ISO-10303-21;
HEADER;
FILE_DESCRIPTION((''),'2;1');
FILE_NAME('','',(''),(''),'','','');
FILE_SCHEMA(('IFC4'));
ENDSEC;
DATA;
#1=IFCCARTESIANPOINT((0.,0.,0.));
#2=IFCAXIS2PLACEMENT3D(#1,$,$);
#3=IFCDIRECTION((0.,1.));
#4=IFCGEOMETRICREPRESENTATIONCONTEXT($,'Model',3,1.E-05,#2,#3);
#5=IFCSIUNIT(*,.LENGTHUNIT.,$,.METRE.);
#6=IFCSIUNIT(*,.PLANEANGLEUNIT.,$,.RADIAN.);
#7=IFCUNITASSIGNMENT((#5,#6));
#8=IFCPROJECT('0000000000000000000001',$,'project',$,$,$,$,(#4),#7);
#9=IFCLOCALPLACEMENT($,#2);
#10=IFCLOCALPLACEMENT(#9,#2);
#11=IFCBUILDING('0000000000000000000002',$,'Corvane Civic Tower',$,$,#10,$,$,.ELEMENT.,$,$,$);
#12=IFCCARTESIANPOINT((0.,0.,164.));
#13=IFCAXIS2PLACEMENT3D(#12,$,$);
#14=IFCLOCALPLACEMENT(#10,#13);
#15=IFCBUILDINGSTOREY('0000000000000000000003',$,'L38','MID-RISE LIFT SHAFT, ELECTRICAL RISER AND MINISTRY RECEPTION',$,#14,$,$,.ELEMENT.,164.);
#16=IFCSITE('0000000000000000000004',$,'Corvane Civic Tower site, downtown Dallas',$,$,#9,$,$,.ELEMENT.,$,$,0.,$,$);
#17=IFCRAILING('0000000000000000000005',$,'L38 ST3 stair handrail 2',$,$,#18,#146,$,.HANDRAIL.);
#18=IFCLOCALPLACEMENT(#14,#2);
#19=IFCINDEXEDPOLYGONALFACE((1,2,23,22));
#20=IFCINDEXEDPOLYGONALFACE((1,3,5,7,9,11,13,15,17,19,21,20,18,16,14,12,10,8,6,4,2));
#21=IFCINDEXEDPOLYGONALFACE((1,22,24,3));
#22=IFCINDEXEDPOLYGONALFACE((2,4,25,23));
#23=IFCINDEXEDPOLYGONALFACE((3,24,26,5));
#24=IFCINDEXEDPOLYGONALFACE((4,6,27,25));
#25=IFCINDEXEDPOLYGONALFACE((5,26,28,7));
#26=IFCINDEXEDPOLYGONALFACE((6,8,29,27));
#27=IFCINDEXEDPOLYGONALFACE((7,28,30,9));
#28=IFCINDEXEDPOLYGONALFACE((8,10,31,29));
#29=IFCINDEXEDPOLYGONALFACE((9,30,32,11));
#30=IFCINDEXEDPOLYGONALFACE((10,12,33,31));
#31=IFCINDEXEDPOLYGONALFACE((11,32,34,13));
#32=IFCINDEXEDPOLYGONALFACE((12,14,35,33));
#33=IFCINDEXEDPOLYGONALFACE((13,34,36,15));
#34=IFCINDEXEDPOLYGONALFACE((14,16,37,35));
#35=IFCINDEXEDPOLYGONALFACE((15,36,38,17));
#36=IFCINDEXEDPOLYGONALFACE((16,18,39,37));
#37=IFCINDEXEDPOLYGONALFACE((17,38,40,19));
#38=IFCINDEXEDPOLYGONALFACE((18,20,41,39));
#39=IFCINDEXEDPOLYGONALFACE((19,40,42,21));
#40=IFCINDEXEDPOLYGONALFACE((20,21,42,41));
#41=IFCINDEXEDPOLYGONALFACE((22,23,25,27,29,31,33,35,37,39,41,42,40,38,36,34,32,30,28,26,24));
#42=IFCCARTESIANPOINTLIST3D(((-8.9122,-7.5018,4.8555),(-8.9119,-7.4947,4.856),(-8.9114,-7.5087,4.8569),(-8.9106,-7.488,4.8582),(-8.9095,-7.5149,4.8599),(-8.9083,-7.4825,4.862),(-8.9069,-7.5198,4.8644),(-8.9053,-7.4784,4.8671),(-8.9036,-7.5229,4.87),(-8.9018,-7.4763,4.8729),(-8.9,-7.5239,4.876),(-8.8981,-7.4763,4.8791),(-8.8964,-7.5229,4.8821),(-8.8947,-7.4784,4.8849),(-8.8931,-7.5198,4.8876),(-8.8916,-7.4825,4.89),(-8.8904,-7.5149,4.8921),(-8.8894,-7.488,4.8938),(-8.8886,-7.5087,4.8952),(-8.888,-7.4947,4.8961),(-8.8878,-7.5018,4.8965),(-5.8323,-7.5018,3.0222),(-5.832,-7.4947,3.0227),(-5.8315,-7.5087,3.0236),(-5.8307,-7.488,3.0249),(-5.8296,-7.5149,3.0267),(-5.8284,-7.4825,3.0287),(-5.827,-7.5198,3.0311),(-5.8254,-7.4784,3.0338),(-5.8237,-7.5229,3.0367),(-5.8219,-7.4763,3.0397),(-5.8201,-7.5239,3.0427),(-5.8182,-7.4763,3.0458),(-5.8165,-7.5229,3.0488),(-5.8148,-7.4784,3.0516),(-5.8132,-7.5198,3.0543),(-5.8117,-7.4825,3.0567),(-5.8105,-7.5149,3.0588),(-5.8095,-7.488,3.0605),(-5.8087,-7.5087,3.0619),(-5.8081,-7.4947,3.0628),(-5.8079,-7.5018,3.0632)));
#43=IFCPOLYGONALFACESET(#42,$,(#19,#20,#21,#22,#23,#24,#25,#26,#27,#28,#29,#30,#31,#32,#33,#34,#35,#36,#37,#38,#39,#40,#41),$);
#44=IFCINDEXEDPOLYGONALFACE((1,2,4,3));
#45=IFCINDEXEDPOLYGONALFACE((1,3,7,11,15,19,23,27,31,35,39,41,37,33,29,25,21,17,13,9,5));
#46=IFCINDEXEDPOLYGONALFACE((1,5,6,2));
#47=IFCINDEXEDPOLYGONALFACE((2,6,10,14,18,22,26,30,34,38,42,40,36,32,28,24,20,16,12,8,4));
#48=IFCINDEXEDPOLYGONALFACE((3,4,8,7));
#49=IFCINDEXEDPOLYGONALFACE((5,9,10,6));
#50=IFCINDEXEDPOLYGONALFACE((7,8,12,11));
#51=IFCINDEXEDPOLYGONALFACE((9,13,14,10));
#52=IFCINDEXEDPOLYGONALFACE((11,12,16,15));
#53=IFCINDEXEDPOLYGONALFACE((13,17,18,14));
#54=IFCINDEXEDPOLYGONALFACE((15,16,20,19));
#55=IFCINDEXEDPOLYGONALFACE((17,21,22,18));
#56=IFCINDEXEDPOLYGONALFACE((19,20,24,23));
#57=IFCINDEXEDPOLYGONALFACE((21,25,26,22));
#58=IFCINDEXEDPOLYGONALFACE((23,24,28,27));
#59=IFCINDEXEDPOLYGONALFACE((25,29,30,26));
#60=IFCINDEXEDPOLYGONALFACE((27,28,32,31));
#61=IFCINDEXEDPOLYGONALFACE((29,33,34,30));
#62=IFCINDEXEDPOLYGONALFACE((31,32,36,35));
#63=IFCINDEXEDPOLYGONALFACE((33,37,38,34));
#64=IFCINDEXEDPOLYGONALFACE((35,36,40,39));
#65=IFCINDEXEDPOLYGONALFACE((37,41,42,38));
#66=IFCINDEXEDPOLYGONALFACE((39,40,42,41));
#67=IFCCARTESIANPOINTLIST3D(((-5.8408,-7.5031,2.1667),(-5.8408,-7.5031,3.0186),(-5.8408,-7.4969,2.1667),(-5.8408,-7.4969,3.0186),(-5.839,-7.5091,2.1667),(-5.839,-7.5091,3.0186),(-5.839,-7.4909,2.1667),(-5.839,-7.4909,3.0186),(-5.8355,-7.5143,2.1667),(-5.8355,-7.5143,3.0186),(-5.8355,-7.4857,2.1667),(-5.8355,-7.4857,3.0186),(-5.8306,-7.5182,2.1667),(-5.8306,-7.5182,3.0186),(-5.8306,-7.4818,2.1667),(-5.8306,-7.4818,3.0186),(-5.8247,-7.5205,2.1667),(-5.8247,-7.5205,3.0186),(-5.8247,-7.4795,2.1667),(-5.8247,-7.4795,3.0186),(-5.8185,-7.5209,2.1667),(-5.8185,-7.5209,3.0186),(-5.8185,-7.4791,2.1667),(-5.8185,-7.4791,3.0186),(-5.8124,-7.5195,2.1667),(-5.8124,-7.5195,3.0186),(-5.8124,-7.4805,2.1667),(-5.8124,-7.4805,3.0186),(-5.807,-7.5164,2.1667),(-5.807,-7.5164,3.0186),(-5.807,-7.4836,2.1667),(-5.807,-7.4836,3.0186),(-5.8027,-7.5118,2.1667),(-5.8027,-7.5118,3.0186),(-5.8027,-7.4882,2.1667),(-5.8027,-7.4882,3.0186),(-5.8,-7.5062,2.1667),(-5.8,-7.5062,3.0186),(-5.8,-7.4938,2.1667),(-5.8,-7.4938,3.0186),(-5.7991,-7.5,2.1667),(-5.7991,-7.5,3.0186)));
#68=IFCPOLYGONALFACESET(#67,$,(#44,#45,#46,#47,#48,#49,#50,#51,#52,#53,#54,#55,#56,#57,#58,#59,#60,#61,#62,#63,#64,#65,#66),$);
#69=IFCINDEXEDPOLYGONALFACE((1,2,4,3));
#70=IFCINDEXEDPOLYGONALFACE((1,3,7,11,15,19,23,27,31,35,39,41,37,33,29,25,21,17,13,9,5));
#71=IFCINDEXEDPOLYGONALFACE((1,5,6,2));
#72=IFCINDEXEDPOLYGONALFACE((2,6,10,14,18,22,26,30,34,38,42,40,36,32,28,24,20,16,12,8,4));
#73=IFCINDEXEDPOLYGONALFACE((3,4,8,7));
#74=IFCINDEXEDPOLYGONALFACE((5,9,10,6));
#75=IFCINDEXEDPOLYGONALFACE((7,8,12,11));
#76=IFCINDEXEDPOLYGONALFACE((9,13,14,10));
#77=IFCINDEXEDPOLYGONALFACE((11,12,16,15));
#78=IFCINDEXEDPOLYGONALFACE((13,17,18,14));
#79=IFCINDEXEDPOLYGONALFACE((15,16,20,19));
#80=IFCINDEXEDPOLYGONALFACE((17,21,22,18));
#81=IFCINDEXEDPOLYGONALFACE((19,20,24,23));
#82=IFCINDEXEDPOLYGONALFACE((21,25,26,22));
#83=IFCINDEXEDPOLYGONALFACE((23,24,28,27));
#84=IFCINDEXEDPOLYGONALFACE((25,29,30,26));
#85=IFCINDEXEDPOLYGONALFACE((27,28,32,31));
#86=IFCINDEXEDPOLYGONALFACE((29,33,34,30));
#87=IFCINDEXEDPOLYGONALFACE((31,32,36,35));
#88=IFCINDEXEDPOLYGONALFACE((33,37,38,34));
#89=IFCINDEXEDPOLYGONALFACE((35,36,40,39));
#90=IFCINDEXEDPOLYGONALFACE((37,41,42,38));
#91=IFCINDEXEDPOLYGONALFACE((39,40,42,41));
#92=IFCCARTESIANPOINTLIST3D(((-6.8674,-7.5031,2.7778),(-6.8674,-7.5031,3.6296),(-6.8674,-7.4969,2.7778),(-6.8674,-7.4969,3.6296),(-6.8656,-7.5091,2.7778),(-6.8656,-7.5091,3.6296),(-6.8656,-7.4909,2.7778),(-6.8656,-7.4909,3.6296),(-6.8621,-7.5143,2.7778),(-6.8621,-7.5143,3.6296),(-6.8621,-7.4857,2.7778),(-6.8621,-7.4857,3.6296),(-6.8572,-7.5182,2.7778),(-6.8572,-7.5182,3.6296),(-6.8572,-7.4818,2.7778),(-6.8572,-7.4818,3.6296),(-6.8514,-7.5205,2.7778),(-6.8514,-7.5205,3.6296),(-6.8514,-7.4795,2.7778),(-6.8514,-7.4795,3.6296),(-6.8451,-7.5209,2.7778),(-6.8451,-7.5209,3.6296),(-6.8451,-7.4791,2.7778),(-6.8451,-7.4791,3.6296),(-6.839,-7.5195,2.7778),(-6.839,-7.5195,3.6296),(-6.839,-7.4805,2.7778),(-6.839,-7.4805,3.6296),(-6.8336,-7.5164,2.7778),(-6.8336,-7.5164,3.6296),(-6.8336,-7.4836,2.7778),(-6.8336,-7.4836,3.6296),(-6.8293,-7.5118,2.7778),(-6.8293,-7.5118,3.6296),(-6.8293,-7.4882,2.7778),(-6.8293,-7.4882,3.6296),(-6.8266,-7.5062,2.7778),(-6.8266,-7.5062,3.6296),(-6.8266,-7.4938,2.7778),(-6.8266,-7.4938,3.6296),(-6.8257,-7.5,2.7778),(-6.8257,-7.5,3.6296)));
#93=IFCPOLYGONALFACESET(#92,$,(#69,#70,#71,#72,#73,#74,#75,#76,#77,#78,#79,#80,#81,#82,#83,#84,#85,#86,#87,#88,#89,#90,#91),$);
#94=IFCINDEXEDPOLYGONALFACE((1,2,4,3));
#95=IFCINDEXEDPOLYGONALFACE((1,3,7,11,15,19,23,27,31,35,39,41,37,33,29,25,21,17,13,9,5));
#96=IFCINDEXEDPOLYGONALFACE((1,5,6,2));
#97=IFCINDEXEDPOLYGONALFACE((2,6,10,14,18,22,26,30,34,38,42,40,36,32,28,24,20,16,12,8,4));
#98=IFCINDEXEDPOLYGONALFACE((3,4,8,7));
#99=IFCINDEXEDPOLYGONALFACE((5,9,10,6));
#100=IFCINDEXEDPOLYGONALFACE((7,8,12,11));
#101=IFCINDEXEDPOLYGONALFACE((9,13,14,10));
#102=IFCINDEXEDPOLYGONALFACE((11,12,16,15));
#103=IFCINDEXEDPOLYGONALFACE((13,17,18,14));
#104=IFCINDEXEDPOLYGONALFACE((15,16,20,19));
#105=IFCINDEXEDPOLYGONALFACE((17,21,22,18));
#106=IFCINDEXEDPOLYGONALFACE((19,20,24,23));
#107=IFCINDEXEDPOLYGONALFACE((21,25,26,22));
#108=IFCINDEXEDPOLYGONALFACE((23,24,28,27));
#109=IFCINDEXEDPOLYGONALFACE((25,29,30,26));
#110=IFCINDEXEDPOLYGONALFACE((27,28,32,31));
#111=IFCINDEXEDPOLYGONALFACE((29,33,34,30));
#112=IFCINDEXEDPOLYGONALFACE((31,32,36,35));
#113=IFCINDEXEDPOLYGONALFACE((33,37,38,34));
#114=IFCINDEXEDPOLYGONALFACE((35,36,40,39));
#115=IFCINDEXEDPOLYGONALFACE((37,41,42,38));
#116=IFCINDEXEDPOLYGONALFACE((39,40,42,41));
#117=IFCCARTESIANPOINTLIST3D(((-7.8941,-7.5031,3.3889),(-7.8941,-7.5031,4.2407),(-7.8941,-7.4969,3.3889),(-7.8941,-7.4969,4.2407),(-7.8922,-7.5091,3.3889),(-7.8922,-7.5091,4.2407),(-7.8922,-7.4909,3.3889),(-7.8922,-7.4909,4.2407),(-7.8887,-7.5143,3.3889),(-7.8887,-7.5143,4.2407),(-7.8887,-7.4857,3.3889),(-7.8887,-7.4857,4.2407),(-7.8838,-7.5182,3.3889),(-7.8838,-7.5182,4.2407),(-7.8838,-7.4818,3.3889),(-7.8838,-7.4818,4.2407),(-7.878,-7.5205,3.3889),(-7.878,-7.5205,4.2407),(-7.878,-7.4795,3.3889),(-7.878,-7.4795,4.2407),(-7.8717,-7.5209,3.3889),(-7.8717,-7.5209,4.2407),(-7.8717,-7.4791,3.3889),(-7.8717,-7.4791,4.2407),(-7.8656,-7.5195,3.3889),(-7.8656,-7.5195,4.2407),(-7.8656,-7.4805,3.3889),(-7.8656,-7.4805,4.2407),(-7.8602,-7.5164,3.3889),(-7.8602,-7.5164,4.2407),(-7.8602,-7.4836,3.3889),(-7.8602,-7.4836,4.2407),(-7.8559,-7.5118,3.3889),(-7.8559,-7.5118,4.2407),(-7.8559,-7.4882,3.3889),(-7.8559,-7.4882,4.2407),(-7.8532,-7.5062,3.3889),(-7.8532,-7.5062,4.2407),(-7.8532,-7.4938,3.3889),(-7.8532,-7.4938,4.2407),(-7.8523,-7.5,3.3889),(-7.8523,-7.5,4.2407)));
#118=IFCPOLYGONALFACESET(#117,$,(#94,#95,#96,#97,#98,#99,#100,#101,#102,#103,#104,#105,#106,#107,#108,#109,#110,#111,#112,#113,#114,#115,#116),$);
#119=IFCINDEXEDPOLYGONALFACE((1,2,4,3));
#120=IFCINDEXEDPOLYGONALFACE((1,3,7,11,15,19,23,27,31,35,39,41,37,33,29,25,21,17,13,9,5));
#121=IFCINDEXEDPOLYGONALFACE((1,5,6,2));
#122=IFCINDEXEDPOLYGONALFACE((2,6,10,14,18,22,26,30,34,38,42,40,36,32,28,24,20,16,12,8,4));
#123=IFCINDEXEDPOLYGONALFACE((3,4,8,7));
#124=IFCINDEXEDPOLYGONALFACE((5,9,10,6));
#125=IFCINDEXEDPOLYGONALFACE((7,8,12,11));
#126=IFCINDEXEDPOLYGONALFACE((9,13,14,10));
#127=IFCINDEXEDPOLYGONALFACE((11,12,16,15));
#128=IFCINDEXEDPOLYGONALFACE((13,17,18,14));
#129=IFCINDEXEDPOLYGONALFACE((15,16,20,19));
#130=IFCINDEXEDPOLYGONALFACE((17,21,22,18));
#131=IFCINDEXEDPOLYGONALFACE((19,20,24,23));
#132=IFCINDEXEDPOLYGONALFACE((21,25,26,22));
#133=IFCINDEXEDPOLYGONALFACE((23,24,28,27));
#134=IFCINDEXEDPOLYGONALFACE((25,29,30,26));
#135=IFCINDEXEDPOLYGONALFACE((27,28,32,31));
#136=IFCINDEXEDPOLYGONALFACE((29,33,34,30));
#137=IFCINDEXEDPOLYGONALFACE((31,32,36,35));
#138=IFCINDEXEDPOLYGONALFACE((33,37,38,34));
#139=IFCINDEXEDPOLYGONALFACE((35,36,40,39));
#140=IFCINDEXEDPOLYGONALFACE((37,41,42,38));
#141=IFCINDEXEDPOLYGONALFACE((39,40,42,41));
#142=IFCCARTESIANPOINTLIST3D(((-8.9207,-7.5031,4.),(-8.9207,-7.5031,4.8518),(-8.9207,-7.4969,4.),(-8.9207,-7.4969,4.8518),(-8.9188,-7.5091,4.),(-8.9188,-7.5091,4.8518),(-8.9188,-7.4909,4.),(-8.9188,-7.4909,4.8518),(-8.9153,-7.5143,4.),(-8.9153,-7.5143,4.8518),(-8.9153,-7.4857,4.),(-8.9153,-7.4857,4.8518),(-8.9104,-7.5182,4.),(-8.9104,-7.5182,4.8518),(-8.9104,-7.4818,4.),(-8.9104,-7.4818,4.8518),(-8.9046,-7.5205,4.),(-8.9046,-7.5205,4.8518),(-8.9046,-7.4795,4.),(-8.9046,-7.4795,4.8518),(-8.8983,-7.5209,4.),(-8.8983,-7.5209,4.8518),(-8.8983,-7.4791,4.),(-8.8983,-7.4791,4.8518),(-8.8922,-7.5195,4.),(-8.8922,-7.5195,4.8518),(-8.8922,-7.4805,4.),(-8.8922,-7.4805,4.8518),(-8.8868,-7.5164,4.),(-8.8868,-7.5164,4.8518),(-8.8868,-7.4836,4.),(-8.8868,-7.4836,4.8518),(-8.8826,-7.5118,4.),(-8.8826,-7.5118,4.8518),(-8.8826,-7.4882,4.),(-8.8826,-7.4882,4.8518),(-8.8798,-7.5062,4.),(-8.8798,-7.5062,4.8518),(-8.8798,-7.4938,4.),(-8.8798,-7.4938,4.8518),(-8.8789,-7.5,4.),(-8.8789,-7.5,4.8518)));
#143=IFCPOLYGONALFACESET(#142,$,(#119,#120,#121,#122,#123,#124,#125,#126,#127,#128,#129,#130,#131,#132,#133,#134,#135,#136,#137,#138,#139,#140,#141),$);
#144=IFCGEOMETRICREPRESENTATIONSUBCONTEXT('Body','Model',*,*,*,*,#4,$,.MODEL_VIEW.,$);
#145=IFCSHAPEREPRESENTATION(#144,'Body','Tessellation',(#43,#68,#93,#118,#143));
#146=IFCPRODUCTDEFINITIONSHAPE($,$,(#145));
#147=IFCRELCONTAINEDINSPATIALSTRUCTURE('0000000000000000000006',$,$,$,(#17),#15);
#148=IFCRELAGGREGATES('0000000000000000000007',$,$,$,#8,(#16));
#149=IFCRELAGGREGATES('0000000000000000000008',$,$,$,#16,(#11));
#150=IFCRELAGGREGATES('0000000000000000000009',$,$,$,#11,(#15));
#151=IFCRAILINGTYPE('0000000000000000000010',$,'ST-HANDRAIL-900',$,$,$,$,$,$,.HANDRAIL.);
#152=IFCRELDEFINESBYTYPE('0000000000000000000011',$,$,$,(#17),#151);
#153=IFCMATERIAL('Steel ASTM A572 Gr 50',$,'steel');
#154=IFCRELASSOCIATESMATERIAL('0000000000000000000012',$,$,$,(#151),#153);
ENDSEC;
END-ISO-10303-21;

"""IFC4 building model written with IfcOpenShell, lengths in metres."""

from ifc_helpers import new_model, si_unit, direction, frame, origin, origin_2d, place, context, subcontext, project, spatial, circle, extrude, material, type_object, element, save


model = new_model("IFC4")

# Units and contexts
model_context = context("Model", 3, precision=1e-05, world=origin(), true_north=direction((0.0, 1.0)))
body_context = subcontext(model_context, "Body", "Model", "MODEL_VIEW")
ifc_project = project(units=[si_unit("LENGTHUNIT", "METRE"), si_unit("PLANEANGLEUNIT", "RADIAN")], contexts=[model_context])

# Site, building, storey
site_placement = place(None, origin())
site = spatial("IfcSite", under=ifc_project, at=site_placement, Name="Corvane Civic Tower site, downtown Dallas", CompositionType="ELEMENT", RefElevation=0.0)
building_placement = place(site_placement, origin())
building = spatial("IfcBuilding", under=site, at=building_placement, Name="Corvane Civic Tower", CompositionType="ELEMENT")
storey_placement = place(building_placement, frame((0.0, 0.0, 164.0)))
storey = spatial("IfcBuildingStorey", under=building, at=storey_placement, Name="L38", Description="MID-RISE LIFT SHAFT, ELECTRICAL RISER AND MINISTRY RECEPTION", CompositionType="ELEMENT", Elevation=164.0)

# Railing
ifc_material_1 = material(Name="Steel ASTM A572 Gr 50", Category="steel")
railing_type_1 = type_object("IfcRailingType", Name="ST-HANDRAIL-900", PredefinedType="HANDRAIL", material=ifc_material_1)
railing_1_placement = place(storey_placement, frame((-5.8201, -7.5, 2.1667)))
element("IfcRailing", 1, at=railing_1_placement, inside=storey, type_object=railing_type_1, Name="L38 ST3 stair handrail 2", PredefinedType="HANDRAIL", context=body_context, shape_type="SweptSolid", body=[
    extrude(circle(Radius=0.0239, at=origin_2d()), frame((0.0, 0.0, 0.876), z_axis=(-0.859291, 0.0, 0.511487), x_axis=(0.0, -1.0, 0.0)), (0.0, 0.0, 1.0), 3.5842),
    extrude(circle(Radius=0.021, at=origin_2d()), origin(), (0.0, 0.0, 1.0), 0.8518),
    extrude(circle(Radius=0.021, at=origin_2d()), frame((-1.0266, 0.0, 0.6111)), (0.0, 0.0, 1.0), 0.8518),
    extrude(circle(Radius=0.021, at=origin_2d()), frame((-2.0532, 0.0, 1.2222)), (0.0, 0.0, 1.0), 0.8518),
    extrude(circle(Radius=0.021, at=origin_2d()), frame((-3.0798, 0.0, 1.8333)), (0.0, 0.0, 1.0), 0.8518),
])

save(model, "model.ifc")
